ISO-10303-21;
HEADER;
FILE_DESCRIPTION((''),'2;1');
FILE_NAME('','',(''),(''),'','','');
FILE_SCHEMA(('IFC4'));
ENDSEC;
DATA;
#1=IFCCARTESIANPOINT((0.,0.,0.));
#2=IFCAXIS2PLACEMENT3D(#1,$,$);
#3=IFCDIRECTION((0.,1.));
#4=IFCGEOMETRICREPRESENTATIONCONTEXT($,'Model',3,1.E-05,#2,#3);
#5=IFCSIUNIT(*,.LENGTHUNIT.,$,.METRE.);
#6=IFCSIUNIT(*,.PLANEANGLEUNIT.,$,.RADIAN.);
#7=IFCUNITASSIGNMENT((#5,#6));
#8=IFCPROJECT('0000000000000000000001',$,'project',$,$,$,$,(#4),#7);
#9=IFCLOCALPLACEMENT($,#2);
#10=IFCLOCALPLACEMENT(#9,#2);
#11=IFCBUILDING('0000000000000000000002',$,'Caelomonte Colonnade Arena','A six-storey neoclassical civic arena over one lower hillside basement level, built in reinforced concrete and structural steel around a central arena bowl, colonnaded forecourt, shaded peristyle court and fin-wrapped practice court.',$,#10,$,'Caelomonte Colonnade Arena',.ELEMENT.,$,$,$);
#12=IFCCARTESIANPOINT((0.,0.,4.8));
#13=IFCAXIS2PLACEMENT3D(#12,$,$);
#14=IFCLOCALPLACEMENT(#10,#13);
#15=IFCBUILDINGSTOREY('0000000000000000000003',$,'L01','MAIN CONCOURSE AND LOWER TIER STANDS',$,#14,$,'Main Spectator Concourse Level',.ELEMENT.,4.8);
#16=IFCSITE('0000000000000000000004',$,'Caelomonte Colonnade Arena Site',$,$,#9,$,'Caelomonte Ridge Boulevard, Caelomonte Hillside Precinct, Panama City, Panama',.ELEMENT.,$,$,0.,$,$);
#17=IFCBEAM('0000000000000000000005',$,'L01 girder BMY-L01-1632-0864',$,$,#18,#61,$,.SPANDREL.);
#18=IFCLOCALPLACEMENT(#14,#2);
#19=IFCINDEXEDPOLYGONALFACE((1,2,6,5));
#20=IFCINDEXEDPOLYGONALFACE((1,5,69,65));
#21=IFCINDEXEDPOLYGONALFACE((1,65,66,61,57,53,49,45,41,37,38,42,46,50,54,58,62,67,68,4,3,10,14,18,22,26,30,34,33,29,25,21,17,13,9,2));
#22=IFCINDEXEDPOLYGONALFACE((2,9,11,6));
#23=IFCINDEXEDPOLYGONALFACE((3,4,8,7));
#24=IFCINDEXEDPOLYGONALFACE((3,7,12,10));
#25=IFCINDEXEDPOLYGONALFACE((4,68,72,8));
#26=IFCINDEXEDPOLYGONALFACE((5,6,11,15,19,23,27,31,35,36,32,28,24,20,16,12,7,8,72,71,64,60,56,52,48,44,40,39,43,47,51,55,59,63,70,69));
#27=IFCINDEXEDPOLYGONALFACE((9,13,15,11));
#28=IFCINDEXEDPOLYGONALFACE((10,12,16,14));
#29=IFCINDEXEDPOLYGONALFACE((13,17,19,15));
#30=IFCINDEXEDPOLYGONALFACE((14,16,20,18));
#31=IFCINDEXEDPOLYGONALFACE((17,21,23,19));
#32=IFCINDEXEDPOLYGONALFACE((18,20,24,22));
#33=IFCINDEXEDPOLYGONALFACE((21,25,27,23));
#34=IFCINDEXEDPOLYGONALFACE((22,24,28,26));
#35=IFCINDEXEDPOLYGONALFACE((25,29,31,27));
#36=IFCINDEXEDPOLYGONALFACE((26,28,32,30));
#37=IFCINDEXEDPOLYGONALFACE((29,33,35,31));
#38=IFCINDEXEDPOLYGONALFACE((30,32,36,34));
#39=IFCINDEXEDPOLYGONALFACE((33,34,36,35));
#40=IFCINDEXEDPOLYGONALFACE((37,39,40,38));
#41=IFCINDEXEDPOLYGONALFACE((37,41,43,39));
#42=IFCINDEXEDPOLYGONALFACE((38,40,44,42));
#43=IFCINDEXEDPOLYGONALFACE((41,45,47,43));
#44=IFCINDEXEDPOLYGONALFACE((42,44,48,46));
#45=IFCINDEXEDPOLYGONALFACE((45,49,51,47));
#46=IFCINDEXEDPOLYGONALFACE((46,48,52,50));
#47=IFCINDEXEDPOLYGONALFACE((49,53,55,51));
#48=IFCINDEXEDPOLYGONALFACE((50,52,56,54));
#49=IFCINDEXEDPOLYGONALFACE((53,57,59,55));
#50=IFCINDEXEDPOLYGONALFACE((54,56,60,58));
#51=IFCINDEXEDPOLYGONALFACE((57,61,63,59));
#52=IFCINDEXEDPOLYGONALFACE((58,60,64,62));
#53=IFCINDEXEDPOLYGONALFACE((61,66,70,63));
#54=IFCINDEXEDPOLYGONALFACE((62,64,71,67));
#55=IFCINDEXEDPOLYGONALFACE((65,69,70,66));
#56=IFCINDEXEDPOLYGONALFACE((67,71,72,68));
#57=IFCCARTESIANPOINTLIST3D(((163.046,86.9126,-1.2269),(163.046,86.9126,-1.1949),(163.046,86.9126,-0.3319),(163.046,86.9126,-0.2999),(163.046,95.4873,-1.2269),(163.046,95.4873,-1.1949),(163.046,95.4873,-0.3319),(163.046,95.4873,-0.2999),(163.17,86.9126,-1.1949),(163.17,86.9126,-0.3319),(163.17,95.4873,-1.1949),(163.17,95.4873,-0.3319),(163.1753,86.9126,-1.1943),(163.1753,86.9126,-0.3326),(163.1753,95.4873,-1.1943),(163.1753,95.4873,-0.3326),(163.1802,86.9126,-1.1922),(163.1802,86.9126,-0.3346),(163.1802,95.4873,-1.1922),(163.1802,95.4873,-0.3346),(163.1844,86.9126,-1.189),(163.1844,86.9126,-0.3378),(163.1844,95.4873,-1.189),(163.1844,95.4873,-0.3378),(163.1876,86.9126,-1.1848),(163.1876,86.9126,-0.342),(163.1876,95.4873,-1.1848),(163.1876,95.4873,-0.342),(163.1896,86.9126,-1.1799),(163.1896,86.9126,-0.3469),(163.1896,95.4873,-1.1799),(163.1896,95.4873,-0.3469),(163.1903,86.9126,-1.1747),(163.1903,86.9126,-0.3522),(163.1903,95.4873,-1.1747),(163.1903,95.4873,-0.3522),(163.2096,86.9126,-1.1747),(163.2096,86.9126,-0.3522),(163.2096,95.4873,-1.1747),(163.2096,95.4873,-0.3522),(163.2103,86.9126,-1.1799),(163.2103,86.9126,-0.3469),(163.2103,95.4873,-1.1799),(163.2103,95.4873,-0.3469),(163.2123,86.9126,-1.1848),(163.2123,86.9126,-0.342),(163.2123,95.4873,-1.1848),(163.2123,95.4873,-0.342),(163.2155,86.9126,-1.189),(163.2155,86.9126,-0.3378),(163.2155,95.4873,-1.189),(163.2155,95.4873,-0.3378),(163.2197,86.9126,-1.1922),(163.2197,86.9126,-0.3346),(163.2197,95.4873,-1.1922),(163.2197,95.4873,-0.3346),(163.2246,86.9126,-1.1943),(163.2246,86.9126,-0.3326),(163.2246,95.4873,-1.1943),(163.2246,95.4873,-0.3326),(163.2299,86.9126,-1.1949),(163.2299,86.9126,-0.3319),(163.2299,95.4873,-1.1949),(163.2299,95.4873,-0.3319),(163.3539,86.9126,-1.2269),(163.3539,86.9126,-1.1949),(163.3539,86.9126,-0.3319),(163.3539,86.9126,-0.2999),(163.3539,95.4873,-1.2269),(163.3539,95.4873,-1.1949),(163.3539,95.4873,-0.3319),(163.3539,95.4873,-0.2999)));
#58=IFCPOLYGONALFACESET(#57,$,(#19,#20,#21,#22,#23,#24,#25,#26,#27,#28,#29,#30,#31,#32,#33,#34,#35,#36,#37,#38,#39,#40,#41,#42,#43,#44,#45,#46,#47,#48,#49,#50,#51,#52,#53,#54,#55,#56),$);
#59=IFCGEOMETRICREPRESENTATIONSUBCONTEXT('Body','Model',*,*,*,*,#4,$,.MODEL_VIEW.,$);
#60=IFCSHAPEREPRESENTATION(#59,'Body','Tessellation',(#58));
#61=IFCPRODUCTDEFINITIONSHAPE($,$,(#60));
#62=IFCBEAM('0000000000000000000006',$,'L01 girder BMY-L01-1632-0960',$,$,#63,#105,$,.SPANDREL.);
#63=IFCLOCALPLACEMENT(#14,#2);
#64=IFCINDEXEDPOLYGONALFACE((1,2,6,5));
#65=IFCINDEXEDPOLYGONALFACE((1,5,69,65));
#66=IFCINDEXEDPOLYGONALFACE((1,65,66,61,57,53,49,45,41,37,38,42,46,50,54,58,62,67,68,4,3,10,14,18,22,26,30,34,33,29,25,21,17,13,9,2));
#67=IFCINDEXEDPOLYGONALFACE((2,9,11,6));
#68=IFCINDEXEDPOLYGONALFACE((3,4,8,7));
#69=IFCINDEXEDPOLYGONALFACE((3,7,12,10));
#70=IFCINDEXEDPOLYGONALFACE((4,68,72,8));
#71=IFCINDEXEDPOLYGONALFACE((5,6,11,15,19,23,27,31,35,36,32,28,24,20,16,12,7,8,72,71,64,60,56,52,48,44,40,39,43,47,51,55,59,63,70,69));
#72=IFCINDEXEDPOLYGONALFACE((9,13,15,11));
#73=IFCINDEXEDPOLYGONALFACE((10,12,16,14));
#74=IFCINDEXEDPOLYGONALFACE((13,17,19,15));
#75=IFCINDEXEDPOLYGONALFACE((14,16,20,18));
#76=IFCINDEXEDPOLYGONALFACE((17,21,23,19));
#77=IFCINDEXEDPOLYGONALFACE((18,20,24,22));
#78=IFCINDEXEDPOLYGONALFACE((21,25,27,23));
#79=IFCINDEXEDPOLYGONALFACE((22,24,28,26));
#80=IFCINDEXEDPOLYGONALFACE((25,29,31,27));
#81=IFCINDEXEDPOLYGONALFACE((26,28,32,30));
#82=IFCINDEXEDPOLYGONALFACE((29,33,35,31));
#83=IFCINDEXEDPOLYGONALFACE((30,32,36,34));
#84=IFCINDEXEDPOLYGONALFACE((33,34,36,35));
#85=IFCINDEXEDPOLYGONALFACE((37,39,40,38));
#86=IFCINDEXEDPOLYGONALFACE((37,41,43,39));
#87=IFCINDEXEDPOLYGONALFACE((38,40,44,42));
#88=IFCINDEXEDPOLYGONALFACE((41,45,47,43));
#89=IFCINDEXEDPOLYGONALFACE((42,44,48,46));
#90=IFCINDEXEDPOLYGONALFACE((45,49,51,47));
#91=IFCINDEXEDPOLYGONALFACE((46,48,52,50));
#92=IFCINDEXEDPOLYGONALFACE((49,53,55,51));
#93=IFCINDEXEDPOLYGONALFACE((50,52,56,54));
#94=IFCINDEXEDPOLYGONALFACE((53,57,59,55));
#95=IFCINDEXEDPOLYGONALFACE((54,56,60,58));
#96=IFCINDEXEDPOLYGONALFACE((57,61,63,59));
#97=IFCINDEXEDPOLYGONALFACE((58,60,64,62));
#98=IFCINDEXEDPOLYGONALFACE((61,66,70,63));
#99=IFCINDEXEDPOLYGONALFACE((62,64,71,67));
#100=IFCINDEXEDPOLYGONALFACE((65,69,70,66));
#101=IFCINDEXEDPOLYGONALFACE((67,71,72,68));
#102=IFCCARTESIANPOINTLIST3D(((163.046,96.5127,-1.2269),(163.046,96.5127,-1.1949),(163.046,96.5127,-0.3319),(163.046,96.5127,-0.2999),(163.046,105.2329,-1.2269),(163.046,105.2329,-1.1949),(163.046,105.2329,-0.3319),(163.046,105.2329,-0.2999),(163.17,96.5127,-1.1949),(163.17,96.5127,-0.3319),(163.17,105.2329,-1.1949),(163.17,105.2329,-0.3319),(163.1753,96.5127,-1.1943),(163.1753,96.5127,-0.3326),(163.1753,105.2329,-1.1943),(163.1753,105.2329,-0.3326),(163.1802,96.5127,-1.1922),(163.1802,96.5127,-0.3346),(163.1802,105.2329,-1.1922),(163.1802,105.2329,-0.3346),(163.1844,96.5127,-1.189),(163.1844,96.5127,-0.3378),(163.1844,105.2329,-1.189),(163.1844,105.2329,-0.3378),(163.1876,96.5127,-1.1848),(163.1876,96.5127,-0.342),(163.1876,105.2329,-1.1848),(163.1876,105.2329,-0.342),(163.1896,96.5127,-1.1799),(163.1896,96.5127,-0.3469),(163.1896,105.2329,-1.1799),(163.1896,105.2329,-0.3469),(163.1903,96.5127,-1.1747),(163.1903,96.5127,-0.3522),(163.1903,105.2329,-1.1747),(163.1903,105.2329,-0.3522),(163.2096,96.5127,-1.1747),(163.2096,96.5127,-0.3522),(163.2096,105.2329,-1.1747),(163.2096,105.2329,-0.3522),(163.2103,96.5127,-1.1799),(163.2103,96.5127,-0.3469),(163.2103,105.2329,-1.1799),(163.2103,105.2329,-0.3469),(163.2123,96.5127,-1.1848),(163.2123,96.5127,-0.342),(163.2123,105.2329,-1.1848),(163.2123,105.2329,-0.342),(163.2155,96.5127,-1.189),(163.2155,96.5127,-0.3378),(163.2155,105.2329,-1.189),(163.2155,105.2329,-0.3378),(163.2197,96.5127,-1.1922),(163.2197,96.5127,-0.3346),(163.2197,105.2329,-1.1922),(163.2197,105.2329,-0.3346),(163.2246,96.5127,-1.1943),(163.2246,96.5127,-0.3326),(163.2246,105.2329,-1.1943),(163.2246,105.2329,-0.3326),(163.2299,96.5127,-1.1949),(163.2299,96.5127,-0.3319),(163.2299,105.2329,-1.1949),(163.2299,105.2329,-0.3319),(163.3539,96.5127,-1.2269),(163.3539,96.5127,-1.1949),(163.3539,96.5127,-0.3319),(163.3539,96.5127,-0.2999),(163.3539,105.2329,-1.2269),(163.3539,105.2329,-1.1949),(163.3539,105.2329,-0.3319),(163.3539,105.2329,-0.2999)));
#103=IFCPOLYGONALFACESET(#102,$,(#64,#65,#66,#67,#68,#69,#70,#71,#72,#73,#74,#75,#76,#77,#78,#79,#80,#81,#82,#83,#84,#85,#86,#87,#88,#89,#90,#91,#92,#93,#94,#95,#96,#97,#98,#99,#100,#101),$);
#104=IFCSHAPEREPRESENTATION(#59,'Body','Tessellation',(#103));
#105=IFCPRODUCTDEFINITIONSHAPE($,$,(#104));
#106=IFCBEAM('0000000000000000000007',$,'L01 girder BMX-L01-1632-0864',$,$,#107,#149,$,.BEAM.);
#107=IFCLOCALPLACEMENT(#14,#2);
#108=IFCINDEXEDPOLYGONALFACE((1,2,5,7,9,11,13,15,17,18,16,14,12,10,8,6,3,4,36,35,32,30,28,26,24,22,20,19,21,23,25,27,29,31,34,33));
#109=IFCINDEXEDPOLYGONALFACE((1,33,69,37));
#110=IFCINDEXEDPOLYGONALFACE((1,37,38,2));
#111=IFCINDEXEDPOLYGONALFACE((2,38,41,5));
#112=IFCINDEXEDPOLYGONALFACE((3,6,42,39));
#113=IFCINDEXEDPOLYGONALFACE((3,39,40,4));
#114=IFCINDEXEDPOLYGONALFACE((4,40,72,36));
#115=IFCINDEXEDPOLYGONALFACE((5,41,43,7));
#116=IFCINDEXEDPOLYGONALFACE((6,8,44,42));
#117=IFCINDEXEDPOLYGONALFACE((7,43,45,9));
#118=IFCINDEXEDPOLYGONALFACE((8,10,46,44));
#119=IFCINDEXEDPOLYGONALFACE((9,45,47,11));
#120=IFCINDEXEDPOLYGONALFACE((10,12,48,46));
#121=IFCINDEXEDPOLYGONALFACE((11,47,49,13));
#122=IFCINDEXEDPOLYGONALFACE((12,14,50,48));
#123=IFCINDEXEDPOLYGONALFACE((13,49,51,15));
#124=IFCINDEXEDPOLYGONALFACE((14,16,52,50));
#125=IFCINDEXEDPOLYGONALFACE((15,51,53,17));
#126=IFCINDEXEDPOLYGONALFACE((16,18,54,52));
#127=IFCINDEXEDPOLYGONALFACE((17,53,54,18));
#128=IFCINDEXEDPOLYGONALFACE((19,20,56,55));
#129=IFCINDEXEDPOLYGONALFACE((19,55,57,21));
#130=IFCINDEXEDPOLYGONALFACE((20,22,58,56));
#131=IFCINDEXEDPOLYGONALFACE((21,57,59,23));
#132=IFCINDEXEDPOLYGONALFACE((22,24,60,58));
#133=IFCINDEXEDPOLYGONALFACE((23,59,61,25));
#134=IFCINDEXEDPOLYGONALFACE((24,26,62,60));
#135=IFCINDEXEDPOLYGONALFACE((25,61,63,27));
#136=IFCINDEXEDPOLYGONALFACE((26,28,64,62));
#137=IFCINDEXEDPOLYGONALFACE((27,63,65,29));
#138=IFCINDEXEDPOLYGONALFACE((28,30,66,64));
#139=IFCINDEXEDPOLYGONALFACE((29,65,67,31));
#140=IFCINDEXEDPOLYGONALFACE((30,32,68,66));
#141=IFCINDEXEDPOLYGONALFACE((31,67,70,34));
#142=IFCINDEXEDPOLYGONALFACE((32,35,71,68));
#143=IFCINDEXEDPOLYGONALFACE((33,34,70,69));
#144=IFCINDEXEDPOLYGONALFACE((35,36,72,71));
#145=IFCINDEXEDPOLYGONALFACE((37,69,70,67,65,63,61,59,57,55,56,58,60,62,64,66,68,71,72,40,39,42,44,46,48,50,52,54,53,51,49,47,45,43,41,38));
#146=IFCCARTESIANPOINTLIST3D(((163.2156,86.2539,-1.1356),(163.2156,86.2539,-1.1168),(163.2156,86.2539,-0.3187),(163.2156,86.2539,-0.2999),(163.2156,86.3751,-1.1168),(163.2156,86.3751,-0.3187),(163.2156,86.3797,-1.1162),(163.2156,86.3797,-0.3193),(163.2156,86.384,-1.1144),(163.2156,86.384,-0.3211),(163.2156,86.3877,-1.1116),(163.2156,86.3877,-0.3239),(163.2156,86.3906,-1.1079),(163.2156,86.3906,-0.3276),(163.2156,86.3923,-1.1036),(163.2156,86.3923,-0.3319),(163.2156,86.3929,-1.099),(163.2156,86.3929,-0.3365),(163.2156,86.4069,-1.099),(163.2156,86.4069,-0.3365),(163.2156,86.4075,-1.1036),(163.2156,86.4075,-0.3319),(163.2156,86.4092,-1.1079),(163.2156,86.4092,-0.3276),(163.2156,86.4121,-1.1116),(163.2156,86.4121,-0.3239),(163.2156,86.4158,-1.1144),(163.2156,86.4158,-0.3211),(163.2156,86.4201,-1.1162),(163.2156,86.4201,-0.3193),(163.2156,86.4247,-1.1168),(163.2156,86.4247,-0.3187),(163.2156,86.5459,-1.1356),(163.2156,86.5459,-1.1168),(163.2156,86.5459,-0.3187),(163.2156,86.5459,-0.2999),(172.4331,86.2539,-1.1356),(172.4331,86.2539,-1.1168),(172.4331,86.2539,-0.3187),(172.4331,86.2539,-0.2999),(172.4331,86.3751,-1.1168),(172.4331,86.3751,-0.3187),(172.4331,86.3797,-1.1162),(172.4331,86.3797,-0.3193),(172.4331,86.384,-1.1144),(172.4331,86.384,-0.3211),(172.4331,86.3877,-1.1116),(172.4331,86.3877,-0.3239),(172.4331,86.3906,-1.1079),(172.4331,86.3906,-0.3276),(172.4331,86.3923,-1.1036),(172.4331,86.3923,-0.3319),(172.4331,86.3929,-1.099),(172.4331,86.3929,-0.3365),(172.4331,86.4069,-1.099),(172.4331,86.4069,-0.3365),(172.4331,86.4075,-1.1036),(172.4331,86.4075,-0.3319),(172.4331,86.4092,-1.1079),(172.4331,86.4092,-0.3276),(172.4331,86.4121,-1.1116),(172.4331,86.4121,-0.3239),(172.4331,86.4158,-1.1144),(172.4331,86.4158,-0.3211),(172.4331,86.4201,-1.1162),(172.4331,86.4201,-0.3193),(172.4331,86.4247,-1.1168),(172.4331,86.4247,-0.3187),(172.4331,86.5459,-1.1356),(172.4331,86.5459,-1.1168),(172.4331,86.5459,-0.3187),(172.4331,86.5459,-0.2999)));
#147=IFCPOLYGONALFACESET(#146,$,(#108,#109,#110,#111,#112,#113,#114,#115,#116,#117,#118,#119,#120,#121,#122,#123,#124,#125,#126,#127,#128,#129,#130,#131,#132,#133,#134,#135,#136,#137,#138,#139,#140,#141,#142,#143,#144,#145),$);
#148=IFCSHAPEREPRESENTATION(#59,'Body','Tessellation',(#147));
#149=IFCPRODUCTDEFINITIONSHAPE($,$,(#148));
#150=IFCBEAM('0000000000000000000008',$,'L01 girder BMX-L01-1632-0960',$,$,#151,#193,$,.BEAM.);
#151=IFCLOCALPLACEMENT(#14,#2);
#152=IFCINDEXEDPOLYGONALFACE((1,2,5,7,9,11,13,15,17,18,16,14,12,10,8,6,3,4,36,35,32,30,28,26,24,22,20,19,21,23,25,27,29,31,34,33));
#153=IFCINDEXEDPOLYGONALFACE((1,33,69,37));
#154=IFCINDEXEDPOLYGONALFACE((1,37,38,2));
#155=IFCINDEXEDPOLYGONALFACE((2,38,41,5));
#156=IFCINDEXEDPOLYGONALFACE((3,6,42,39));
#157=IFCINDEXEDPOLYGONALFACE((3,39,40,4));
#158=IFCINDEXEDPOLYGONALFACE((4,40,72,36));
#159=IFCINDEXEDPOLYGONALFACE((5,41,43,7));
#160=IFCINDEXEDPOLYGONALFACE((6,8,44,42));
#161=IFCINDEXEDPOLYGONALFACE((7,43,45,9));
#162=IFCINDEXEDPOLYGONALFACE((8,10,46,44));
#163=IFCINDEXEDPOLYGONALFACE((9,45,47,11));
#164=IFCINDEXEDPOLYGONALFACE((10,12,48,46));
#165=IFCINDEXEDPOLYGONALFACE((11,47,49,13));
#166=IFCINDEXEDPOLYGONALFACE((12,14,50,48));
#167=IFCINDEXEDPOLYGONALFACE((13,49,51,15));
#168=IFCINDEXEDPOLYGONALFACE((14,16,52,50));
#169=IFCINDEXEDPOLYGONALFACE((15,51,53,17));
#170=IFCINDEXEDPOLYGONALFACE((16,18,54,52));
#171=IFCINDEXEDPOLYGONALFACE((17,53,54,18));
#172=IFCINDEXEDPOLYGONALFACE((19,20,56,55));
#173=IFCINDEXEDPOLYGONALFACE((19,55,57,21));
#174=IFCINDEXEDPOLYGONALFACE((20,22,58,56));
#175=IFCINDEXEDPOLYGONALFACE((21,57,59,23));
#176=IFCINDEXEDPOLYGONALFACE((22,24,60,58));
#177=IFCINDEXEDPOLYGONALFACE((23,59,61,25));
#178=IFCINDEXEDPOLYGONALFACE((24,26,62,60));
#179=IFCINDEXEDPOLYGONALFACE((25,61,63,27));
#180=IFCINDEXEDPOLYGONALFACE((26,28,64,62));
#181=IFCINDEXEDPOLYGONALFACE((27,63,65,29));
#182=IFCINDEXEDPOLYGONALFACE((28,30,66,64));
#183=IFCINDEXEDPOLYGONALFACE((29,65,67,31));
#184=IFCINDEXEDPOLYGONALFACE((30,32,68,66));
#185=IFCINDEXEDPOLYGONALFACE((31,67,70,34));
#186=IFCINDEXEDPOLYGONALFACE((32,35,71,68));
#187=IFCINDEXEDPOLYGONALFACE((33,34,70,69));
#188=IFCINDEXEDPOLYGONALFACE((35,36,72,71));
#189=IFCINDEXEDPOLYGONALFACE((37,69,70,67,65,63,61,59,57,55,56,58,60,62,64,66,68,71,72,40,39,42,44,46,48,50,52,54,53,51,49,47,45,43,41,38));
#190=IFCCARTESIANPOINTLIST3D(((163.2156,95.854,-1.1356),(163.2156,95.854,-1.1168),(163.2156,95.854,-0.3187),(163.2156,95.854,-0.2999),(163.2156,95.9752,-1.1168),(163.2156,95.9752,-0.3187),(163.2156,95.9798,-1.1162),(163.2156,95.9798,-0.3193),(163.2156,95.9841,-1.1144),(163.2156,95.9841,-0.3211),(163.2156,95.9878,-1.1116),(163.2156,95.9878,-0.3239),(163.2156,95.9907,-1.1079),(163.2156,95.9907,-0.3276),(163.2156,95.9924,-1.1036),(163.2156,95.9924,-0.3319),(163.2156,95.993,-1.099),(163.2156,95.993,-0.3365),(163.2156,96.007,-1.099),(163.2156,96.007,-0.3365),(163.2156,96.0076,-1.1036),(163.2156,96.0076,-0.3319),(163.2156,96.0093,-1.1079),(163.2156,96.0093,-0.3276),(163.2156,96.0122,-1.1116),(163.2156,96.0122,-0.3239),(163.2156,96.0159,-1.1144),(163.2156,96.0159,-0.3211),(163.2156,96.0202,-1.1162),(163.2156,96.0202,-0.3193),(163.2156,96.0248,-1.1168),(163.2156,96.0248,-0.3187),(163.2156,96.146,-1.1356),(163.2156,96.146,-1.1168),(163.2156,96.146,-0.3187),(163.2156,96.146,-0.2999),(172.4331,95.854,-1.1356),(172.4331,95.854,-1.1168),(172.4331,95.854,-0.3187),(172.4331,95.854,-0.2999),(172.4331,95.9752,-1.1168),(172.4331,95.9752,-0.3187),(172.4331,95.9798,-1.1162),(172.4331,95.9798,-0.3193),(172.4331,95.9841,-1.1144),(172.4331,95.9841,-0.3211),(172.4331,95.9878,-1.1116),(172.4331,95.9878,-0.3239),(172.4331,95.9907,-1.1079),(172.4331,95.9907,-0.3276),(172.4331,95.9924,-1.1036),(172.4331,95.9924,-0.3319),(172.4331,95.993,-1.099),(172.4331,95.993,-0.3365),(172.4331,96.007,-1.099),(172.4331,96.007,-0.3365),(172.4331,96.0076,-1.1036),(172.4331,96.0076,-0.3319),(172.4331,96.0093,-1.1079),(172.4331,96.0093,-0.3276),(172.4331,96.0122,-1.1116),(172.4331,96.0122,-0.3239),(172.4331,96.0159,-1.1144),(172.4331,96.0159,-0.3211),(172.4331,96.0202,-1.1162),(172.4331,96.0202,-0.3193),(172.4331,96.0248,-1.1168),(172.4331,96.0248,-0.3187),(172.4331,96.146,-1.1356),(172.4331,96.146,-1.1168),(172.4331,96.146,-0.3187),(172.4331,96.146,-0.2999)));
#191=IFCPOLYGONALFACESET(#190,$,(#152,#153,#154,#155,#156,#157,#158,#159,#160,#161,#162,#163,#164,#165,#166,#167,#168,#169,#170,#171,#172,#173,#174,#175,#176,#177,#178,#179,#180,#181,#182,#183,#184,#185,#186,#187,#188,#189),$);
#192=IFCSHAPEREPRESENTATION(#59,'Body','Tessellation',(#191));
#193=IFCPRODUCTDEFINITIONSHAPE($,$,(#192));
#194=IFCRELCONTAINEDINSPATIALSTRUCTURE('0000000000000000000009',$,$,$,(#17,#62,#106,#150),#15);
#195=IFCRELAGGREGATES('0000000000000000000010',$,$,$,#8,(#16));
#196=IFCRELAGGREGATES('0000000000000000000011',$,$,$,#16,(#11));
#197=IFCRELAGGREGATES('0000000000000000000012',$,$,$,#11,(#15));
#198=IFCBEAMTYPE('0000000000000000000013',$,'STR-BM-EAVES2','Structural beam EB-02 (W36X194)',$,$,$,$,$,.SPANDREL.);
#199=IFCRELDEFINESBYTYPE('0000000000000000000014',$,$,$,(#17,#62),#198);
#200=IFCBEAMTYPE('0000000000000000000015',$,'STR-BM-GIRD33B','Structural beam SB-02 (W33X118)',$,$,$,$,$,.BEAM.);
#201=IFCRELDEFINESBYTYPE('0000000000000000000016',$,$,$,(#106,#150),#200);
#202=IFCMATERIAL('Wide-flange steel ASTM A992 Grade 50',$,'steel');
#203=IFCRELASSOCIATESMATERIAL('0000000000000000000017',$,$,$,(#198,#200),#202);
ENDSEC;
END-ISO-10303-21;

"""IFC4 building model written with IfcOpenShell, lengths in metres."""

from ifc_helpers import new_model, si_unit, direction, frame, origin, origin_2d, place, context, subcontext, project, spatial, i_section, extrude, material, material_profile, profile_set, type_object, element, save


model = new_model("IFC4")

# Units and contexts
model_context = context("Model", 3, precision=1e-05, world=origin(), true_north=direction((0.0, 1.0)))
body_context = subcontext(model_context, "Body", "Model", "MODEL_VIEW")
ifc_project = project(units=[si_unit("LENGTHUNIT", "METRE"), si_unit("PLANEANGLEUNIT", "RADIAN")], contexts=[model_context])

# Site, building, storey
site_placement = place(None, origin())
site = spatial("IfcSite", under=ifc_project, at=site_placement, Name="Caelomonte Colonnade Arena Site", LongName="Caelomonte Ridge Boulevard, Caelomonte Hillside Precinct, Panama City, Panama", CompositionType="ELEMENT", RefElevation=0.0)
building_placement = place(site_placement, origin())
building = spatial("IfcBuilding", under=site, at=building_placement, Name="Caelomonte Colonnade Arena", Description="A six-storey neoclassical civic arena over one lower hillside basement level, built in reinforced concrete and structural steel around a central arena bowl, colonnaded forecourt, shaded peristyle court and fin-wrapped practice court.", LongName="Caelomonte Colonnade Arena", CompositionType="ELEMENT")
storey_placement = place(building_placement, frame((0.0, 0.0, 4.8)))
storey = spatial("IfcBuildingStorey", under=building, at=storey_placement, Name="L01", Description="MAIN CONCOURSE AND LOWER TIER STANDS", LongName="Main Spectator Concourse Level", CompositionType="ELEMENT", Elevation=4.8)

# Shared definitions
ifc_material_1 = material(Name="Wide-flange steel ASTM A992 Grade 50", Category="steel")

# Beams
ifc_material_profile_1 = material_profile(ifc_material_1, i_section(OverallWidth=0.3079, OverallDepth=0.927, WebThickness=0.0193, FlangeThickness=0.032, FilletRadius=0.0203, at=origin_2d()), Name="W36X194")
ifc_profile_set_1 = profile_set([ifc_material_profile_1], Name="Wide-flange steel ASTM A992 Grade 50")
beam_type_1 = type_object("IfcBeamType", Name="STR-BM-EAVES2", Description="Structural beam EB-02 (W36X194)", PredefinedType="SPANDREL", material=ifc_profile_set_1)
beam_1_placement = place(storey_placement, frame((163.2, 86.9126, -0.7634), z_axis=(0.0, 1.0, 0.0), x_axis=(-1.0, 0.0, 0.0)))
element("IfcBeam", 1, at=beam_1_placement, inside=storey, type_object=beam_type_1, Name="L01 girder BMY-L01-1632-0864", PredefinedType="SPANDREL", context=body_context, shape_type="SweptSolid", body=[
    extrude(i_section(OverallWidth=0.3079, OverallDepth=0.927, WebThickness=0.0193, FlangeThickness=0.032, FilletRadius=0.0203, at=origin_2d()), origin(), (0.0, 0.0, 1.0), 8.5747),
])
beam_2_placement = place(storey_placement, frame((163.2, 96.5127, -0.7634), z_axis=(0.0, 1.0, 0.0), x_axis=(-1.0, 0.0, 0.0)))
element("IfcBeam", 2, at=beam_2_placement, inside=storey, type_object=beam_type_1, Name="L01 girder BMY-L01-1632-0960", PredefinedType="SPANDREL", context=body_context, shape_type="SweptSolid", body=[
    extrude(i_section(OverallWidth=0.3079, OverallDepth=0.927, WebThickness=0.0193, FlangeThickness=0.032, FilletRadius=0.0203, at=origin_2d()), origin(), (0.0, 0.0, 1.0), 8.7202),
])
ifc_material_profile_2 = material_profile(ifc_material_1, i_section(OverallWidth=0.292, OverallDepth=0.8357, WebThickness=0.0139, FlangeThickness=0.0188, FilletRadius=0.0178, at=origin_2d()), Name="W33X118")
ifc_profile_set_2 = profile_set([ifc_material_profile_2], Name="Wide-flange steel ASTM A992 Grade 50")
beam_type_2 = type_object("IfcBeamType", Name="STR-BM-GIRD33B", Description="Structural beam SB-02 (W33X118)", PredefinedType="BEAM", material=ifc_profile_set_2)
for number, where, z_axis, x_axis, name in (
    (3, (163.2156, 86.3999, -0.7178), (1.0, 0.0, 0.0), (0.0, 1.0, 0.0), "L01 girder BMX-L01-1632-0864"),
    (4, (163.2156, 96.0, -0.7178), (1.0, 0.0, 0.0), (0.0, 1.0, 0.0), "L01 girder BMX-L01-1632-0960"),
):
    element("IfcBeam", number, at=place(storey_placement, frame(where, z_axis=z_axis, x_axis=x_axis)), inside=storey, type_object=beam_type_2, Name=name, PredefinedType="BEAM", context=body_context, shape_type="SweptSolid", body=[
        extrude(i_section(OverallWidth=0.292, OverallDepth=0.8357, WebThickness=0.0139, FlangeThickness=0.0188, FilletRadius=0.0178, at=origin_2d()), origin(), (0.0, 0.0, 1.0), 9.2175),
    ])

save(model, "model.ifc")
